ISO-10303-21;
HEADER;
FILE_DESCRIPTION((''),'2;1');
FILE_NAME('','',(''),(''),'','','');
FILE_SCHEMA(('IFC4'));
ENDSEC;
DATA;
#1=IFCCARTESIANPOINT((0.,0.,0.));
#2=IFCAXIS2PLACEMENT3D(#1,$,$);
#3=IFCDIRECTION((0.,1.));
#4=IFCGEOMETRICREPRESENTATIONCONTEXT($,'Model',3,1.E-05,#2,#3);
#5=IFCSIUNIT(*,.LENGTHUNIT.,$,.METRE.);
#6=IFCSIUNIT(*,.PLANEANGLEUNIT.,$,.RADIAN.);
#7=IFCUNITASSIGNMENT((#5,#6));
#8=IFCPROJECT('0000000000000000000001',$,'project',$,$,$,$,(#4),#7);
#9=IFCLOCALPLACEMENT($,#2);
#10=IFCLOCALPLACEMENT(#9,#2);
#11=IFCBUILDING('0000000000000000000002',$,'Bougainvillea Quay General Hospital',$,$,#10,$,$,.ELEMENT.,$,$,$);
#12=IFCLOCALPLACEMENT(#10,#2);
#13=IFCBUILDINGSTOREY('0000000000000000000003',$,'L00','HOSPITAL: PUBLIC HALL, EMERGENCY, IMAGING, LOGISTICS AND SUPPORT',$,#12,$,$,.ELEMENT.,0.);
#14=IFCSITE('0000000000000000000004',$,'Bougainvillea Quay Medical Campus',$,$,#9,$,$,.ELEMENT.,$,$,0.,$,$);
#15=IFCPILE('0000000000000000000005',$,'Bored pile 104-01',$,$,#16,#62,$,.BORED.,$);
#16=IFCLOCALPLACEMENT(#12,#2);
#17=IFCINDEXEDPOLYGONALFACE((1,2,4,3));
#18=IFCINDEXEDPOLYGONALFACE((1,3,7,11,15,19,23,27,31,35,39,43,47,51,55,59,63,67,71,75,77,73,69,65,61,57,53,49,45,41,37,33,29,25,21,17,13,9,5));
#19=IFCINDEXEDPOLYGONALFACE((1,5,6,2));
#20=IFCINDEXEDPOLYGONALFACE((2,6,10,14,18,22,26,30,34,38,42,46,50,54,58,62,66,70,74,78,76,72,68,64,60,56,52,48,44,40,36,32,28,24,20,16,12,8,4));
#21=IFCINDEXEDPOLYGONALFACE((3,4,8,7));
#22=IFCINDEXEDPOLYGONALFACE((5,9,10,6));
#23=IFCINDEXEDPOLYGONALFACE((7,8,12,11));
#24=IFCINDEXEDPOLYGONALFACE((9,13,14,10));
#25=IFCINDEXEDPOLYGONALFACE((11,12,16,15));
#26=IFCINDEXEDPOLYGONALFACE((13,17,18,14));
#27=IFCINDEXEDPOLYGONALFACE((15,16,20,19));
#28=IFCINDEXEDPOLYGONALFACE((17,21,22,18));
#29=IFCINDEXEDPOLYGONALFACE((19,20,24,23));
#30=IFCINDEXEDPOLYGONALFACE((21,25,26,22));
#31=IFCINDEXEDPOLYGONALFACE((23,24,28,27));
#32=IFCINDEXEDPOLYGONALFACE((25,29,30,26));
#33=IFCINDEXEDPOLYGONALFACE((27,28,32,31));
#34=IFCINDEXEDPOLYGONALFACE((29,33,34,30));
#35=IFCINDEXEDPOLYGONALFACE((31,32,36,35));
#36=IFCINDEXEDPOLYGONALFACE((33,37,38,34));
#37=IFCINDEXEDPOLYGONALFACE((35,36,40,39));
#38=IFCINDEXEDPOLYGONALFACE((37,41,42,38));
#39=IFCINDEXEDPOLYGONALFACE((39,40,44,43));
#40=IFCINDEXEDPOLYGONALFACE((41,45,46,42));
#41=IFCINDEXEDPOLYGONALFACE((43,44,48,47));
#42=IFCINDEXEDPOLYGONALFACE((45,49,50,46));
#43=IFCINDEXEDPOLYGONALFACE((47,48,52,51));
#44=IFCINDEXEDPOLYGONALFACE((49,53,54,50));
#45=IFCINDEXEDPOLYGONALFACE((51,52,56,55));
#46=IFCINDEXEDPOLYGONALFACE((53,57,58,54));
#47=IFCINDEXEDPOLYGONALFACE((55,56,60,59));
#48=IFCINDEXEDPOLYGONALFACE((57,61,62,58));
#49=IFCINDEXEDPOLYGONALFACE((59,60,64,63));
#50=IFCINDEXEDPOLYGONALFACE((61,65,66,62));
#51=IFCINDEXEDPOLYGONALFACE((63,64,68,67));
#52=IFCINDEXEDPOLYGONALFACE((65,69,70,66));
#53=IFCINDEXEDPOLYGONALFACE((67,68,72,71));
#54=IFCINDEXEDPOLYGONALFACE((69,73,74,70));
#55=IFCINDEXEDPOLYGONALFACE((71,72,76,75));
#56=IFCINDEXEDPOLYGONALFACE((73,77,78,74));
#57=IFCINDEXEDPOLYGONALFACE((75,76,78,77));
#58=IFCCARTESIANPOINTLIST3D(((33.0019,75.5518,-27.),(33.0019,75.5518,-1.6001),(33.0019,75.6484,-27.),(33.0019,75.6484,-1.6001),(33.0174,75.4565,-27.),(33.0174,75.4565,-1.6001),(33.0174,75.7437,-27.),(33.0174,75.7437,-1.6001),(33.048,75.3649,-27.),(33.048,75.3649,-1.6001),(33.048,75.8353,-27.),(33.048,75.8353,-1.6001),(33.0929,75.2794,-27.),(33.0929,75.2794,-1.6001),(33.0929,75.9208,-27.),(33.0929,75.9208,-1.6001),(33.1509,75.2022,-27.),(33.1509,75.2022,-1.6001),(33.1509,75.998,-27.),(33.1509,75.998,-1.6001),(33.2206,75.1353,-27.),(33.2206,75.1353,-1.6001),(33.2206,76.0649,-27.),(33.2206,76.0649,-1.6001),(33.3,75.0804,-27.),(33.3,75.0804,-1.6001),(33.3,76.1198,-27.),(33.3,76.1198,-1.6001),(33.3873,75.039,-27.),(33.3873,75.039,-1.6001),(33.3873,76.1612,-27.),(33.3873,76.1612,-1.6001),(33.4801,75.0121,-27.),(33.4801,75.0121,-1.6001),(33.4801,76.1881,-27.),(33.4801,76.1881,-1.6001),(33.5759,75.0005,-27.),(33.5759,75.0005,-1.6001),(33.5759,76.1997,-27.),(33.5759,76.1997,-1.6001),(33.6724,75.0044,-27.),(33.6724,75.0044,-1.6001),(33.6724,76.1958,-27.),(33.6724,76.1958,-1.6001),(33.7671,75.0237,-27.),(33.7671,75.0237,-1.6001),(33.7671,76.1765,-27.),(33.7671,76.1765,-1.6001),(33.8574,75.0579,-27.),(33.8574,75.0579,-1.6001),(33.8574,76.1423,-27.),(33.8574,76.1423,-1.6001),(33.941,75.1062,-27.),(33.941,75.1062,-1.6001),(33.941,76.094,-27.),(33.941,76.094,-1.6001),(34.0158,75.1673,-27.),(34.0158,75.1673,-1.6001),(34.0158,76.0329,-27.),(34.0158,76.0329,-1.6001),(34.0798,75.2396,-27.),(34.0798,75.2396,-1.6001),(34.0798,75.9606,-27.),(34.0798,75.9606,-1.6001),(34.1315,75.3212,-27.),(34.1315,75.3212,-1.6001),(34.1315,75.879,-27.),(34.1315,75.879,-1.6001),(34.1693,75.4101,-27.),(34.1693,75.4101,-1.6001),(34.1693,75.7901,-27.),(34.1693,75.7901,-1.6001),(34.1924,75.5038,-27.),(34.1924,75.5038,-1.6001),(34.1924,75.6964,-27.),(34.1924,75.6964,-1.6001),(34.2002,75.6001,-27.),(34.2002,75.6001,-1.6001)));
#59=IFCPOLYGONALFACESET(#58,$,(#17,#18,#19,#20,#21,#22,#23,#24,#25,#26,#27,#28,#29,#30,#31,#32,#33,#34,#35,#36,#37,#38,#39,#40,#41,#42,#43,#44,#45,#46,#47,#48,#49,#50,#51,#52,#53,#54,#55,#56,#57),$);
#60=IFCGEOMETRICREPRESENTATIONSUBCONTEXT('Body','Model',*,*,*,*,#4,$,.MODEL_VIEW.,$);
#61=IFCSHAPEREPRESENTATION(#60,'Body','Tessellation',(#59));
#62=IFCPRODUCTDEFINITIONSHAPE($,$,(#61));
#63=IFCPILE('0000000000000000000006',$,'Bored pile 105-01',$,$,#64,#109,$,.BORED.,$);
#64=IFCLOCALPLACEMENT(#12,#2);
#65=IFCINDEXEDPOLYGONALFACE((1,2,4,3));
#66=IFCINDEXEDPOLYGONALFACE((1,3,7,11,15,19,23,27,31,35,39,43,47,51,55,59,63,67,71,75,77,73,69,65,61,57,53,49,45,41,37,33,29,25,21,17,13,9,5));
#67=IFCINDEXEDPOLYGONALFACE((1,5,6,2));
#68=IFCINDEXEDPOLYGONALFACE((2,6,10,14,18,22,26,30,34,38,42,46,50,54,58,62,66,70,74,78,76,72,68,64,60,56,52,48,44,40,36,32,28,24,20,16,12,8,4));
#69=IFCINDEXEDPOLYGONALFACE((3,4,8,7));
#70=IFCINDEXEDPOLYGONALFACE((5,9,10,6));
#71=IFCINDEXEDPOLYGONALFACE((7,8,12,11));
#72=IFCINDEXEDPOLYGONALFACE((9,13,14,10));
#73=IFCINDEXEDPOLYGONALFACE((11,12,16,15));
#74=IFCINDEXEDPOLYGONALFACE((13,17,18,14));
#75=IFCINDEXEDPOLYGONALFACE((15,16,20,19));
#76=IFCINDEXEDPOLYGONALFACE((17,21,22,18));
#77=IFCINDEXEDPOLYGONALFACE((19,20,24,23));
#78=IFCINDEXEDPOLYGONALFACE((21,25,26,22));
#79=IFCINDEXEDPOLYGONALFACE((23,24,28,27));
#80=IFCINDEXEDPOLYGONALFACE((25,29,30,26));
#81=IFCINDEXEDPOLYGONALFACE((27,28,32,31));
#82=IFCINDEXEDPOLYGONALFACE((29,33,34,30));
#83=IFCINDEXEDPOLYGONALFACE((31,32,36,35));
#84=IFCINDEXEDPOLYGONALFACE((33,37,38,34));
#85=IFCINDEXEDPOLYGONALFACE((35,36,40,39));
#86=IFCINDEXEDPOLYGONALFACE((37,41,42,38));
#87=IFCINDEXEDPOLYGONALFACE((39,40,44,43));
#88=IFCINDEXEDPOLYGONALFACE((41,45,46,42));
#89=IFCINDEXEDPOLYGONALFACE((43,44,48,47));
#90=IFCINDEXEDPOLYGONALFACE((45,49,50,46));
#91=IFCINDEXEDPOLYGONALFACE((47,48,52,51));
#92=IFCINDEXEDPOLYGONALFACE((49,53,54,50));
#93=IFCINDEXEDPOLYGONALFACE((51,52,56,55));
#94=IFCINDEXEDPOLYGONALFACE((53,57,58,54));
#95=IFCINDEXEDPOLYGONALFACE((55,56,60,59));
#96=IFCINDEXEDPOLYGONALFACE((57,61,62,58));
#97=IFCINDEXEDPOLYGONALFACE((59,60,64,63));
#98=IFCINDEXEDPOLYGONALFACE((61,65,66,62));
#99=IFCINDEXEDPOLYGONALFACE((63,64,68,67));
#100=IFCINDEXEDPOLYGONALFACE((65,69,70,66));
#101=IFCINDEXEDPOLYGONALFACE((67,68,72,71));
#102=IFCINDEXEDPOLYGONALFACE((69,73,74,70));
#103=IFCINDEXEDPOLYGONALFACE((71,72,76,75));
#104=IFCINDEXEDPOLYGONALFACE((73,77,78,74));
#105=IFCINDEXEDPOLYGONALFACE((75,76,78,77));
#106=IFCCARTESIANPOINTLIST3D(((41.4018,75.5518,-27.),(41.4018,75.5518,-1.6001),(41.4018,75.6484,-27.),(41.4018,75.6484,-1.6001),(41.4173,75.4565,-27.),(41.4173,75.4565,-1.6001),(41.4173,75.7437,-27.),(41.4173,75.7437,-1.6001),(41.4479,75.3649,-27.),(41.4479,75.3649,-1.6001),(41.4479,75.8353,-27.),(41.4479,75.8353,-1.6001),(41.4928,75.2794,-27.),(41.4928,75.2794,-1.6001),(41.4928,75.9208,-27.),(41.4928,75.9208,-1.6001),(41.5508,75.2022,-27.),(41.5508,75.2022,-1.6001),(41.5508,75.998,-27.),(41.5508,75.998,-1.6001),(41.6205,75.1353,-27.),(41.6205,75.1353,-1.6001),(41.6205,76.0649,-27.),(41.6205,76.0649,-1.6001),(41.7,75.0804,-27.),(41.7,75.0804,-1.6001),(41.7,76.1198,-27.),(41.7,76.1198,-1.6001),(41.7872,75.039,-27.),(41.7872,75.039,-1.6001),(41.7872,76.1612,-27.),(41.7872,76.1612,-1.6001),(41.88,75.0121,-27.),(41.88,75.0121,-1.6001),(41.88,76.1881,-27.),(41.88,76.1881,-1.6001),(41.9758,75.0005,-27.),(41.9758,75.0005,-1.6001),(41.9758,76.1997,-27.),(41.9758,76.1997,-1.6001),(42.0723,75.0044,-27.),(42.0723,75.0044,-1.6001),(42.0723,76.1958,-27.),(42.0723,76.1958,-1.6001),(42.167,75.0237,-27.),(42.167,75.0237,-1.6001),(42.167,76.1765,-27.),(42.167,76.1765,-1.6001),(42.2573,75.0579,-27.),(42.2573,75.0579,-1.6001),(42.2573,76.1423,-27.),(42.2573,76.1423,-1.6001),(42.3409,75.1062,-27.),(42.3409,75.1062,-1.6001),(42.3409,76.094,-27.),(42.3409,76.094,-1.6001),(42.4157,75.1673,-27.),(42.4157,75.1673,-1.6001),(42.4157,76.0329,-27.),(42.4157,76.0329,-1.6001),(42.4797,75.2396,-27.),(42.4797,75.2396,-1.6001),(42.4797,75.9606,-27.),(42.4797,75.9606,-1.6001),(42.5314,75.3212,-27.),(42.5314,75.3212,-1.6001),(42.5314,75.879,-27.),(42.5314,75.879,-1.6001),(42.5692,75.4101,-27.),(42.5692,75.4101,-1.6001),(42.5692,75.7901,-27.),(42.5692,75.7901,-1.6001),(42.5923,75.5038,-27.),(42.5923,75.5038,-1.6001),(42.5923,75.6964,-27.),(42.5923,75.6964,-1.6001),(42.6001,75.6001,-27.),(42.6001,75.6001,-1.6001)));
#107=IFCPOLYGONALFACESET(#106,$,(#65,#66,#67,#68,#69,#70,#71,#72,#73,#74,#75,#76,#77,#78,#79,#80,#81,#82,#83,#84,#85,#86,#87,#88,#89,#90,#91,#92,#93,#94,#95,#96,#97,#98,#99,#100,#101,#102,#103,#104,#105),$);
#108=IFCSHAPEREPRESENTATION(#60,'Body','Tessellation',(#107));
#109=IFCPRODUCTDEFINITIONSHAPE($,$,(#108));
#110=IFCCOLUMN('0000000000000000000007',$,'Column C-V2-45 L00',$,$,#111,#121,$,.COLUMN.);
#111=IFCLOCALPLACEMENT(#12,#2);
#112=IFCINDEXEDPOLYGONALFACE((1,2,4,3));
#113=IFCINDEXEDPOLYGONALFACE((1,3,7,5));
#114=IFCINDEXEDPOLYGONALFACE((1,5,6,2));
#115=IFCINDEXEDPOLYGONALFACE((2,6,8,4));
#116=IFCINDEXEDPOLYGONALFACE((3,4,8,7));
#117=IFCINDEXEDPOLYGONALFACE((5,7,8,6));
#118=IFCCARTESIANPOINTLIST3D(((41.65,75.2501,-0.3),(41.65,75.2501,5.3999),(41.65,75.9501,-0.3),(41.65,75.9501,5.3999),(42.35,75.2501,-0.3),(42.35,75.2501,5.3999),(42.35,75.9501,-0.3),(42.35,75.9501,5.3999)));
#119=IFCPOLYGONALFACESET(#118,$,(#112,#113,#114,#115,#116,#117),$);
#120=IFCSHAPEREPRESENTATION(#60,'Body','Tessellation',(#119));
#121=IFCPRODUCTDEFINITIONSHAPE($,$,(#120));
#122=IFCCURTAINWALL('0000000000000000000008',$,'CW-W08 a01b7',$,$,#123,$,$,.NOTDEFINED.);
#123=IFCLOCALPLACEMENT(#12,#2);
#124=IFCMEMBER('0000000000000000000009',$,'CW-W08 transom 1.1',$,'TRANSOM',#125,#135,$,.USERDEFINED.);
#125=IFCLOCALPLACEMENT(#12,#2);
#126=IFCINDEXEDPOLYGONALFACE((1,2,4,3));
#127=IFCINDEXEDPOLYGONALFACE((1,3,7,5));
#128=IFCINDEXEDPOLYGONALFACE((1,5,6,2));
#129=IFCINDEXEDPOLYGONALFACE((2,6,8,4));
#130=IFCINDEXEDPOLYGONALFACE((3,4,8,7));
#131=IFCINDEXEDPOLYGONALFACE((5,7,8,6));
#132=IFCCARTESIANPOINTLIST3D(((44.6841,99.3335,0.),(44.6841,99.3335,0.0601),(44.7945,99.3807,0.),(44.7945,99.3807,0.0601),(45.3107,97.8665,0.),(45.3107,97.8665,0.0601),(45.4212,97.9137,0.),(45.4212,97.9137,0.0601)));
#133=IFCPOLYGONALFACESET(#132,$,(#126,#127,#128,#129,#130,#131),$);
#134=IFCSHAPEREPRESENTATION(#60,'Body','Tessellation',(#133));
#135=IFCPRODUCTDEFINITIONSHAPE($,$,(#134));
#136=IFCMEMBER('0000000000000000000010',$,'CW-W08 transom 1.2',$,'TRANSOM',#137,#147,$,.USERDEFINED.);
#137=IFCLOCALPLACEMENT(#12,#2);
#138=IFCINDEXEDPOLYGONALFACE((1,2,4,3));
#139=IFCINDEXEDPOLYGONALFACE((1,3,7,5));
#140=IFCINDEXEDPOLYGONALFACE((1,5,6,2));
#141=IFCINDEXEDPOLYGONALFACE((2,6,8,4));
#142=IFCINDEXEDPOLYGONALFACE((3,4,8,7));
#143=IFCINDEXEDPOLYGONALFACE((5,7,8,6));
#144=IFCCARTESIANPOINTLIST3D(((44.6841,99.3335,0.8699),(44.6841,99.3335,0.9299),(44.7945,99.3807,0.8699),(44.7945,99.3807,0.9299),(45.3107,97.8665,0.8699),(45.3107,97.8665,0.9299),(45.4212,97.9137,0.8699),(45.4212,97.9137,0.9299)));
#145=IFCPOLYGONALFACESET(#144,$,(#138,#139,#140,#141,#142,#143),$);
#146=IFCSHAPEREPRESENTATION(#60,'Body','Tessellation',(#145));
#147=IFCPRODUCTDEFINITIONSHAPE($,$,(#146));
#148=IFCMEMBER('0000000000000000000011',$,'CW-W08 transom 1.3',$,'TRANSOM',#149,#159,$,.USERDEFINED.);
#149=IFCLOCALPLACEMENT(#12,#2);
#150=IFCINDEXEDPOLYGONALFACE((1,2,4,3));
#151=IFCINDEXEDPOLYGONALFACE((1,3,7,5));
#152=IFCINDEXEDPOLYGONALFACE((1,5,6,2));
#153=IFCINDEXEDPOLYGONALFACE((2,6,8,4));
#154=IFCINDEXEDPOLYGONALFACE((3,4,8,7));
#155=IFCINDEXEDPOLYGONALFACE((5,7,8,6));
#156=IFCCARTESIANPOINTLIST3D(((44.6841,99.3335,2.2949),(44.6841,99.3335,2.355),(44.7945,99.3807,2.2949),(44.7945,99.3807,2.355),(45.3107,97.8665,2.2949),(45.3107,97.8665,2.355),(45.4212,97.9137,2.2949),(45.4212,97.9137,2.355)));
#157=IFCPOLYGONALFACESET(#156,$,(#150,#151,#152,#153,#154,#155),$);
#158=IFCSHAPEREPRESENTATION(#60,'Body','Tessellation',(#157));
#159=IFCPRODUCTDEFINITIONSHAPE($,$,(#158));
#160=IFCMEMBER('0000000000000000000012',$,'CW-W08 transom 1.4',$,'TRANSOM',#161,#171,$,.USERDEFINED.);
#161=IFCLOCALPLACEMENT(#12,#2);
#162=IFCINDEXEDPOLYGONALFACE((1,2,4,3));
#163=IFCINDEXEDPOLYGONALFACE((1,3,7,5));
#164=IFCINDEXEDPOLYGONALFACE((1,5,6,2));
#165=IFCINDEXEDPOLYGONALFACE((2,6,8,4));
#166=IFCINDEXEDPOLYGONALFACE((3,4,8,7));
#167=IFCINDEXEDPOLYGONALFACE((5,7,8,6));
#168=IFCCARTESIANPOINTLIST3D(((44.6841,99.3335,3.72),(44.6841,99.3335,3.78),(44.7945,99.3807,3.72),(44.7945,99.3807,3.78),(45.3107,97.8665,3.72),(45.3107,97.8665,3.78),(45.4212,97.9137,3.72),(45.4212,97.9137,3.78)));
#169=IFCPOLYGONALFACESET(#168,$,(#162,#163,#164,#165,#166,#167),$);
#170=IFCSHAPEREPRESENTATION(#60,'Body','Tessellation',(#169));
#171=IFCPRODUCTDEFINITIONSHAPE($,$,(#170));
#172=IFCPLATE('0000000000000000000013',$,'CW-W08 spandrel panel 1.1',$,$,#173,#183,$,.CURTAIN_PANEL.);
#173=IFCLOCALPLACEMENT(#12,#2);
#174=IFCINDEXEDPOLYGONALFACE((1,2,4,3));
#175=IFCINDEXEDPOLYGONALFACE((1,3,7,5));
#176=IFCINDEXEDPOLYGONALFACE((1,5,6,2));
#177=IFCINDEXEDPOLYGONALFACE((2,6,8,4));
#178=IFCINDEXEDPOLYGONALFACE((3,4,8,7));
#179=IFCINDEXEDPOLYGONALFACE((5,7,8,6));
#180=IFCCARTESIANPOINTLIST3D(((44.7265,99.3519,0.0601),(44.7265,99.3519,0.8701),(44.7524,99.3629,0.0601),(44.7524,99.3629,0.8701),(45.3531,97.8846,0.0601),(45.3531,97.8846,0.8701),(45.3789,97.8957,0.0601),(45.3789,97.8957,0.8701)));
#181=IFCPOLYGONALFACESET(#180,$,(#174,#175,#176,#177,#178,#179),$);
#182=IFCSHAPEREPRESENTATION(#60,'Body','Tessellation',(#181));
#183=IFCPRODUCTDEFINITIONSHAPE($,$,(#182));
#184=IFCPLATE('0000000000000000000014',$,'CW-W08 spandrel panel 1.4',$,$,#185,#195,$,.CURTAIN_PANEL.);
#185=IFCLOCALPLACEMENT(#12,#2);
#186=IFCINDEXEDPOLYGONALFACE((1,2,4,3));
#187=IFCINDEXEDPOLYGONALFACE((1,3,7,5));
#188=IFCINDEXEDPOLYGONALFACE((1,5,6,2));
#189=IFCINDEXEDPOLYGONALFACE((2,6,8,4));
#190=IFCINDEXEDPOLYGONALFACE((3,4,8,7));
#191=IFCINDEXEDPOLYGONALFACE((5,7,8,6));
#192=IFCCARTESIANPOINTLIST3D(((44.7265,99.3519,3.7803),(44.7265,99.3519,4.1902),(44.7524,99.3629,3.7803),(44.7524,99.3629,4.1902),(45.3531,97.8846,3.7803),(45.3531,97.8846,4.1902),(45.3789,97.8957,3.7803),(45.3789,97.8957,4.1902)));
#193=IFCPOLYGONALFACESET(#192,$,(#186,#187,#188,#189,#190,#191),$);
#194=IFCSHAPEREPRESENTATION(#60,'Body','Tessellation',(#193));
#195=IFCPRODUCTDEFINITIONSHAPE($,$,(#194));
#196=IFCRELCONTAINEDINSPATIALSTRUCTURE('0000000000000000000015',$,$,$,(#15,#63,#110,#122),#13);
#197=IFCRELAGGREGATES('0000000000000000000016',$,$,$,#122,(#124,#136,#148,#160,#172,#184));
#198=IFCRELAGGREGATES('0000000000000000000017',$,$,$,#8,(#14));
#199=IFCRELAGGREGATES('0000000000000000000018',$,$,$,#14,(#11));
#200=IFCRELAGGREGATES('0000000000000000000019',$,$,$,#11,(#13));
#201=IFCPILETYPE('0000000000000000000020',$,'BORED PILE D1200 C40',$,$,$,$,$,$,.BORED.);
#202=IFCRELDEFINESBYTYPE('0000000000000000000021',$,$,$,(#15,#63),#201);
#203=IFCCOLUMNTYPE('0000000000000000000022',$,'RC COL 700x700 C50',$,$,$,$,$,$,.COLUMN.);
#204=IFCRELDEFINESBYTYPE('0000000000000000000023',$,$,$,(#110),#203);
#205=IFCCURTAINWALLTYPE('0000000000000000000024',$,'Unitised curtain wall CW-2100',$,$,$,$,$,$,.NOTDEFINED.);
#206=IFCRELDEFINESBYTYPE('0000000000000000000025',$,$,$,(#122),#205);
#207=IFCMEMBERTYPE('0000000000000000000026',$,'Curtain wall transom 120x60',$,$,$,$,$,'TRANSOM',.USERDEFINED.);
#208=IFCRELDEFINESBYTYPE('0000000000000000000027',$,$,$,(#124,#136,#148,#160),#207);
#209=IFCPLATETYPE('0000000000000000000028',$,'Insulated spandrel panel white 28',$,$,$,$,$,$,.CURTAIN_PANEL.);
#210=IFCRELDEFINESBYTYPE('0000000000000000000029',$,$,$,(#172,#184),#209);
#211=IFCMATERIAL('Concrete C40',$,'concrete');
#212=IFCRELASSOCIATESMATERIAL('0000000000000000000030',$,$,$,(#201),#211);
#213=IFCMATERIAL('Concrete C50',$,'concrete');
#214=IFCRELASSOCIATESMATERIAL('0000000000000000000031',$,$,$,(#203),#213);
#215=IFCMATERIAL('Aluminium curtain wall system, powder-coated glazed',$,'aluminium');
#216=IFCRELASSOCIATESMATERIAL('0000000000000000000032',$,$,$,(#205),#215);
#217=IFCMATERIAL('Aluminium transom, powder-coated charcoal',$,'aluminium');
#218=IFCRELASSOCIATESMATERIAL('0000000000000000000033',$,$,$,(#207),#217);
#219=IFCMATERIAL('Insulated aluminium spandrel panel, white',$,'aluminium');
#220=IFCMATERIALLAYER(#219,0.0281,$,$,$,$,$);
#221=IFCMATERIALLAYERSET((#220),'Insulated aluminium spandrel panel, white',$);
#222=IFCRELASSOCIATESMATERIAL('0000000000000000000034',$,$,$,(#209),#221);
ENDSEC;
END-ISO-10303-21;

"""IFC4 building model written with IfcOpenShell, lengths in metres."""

from ifc_helpers import new_model, si_unit, direction, frame, origin, origin_2d, place, context, subcontext, project, spatial, rectangle, circle, extrude, material, layer, layer_set, material_profile, profile_set, type_object, element, aggregate, save


model = new_model("IFC4")

# Units and contexts
model_context = context("Model", 3, precision=1e-05, world=origin(), true_north=direction((0.0, 1.0)))
body_context = subcontext(model_context, "Body", "Model", "MODEL_VIEW")
ifc_project = project(units=[si_unit("LENGTHUNIT", "METRE"), si_unit("PLANEANGLEUNIT", "RADIAN")], contexts=[model_context])

# Site, building, storey
site_placement = place(None, origin())
site = spatial("IfcSite", under=ifc_project, at=site_placement, Name="Bougainvillea Quay Medical Campus", CompositionType="ELEMENT", RefElevation=0.0)
building_placement = place(site_placement, origin())
building = spatial("IfcBuilding", under=site, at=building_placement, Name="Bougainvillea Quay General Hospital", CompositionType="ELEMENT")
storey_placement = place(building_placement, origin())
storey = spatial("IfcBuildingStorey", under=building, at=storey_placement, Name="L00", Description="HOSPITAL: PUBLIC HALL, EMERGENCY, IMAGING, LOGISTICS AND SUPPORT", CompositionType="ELEMENT", Elevation=0.0)

# Piles
ifc_material_1 = material(Name="Concrete C40", Category="concrete")
ifc_material_profile_1 = material_profile(ifc_material_1, circle(Radius=0.6001, at=origin_2d()))
ifc_profile_set_1 = profile_set([ifc_material_profile_1], Name="Concrete C40")
pile_type = type_object("IfcPileType", Name="BORED PILE D1200 C40", PredefinedType="BORED", material=ifc_profile_set_1)
for number, where, z_axis, x_axis, name in (
    (1, (33.6001, 75.6001, -1.6001), (0.0, 0.0, -1.0), (1.0, 0.0, 0.0), "Bored pile 104-01"),
    (2, (42.0, 75.6001, -1.6001), (0.0, 0.0, -1.0), (1.0, 0.0, 0.0), "Bored pile 105-01"),
):
    element("IfcPile", number, at=place(storey_placement, frame(where, z_axis=z_axis, x_axis=x_axis)), inside=storey, type_object=pile_type, Name=name, PredefinedType="BORED", context=body_context, shape_type="SweptSolid", body=[
        extrude(circle(Radius=0.6001, at=origin_2d()), origin(), (0.0, 0.0, 1.0), 25.3999),
    ])

# Column
ifc_material_2 = material(Name="Concrete C50", Category="concrete")
ifc_material_profile_2 = material_profile(ifc_material_2, rectangle(XDim=0.7, YDim=0.7, at=origin_2d()))
ifc_profile_set_2 = profile_set([ifc_material_profile_2], Name="Concrete C50")
column_type = type_object("IfcColumnType", Name="RC COL 700x700 C50", PredefinedType="COLUMN", material=ifc_profile_set_2)
column_placement = place(storey_placement, frame((42.0, 75.6001, -0.3), z_axis=(0.0, 0.0, 1.0), x_axis=(1.0, 0.0, 0.0)))
element("IfcColumn", 3, at=column_placement, inside=storey, type_object=column_type, Name="Column C-V2-45 L00", PredefinedType="COLUMN", context=body_context, shape_type="SweptSolid", body=[
    extrude(rectangle(XDim=0.7, YDim=0.7, at=origin_2d()), origin(), (0.0, 0.0, 1.0), 5.7),
])

# Curtain wall, members, plates
ifc_material_3 = material(Name="Aluminium curtain wall system, powder-coated glazed", Category="aluminium")
curtain_wall_type = type_object("IfcCurtainWallType", Name="Unitised curtain wall CW-2100", PredefinedType="NOTDEFINED", material=ifc_material_3)
curtain_wall_placement = place(storey_placement, origin())
curtain_wall = element("IfcCurtainWall", 4, at=curtain_wall_placement, inside=storey, type_object=curtain_wall_type, Name="CW-W08 a01b7", PredefinedType="NOTDEFINED")
ifc_material_4 = material(Name="Aluminium transom, powder-coated charcoal", Category="aluminium")
ifc_material_profile_3 = material_profile(ifc_material_4, rectangle(XDim=0.1201, YDim=0.0601, at=origin_2d()))
ifc_profile_set_3 = profile_set([ifc_material_profile_3], Name="Aluminium transom, powder-coated charcoal")
member_type = type_object("IfcMemberType", Name="Curtain wall transom 120x60", ElementType="TRANSOM", PredefinedType="USERDEFINED", material=ifc_profile_set_3)
member_1_placement = place(storey_placement, frame((45.366, 97.8901, 0.03), z_axis=(-0.392848, 0.919604, 0.0), x_axis=(-0.919604, -0.392848, 0.0)))
member_1 = element("IfcMember", 5, at=member_1_placement, type_object=member_type, Name="CW-W08 transom 1.1", ObjectType="TRANSOM", PredefinedType="USERDEFINED", context=body_context, shape_type="SweptSolid", body=[
    extrude(rectangle(XDim=0.1201, YDim=0.0601, at=origin_2d()), origin(), (0.0, 0.0, 1.0), 1.5952),
])
member_2_placement = place(storey_placement, frame((45.366, 97.8901, 0.8999), z_axis=(-0.392848, 0.919604, 0.0), x_axis=(-0.919604, -0.392848, 0.0)))
member_2 = element("IfcMember", 6, at=member_2_placement, type_object=member_type, Name="CW-W08 transom 1.2", ObjectType="TRANSOM", PredefinedType="USERDEFINED", context=body_context, shape_type="SweptSolid", body=[
    extrude(rectangle(XDim=0.1201, YDim=0.0601, at=origin_2d()), origin(), (0.0, 0.0, 1.0), 1.5952),
])
member_3_placement = place(storey_placement, frame((45.366, 97.8901, 2.325), z_axis=(-0.392848, 0.919604, 0.0), x_axis=(-0.919604, -0.392848, 0.0)))
member_3 = element("IfcMember", 7, at=member_3_placement, type_object=member_type, Name="CW-W08 transom 1.3", ObjectType="TRANSOM", PredefinedType="USERDEFINED", context=body_context, shape_type="SweptSolid", body=[
    extrude(rectangle(XDim=0.1201, YDim=0.0601, at=origin_2d()), origin(), (0.0, 0.0, 1.0), 1.5952),
])
member_4_placement = place(storey_placement, frame((45.366, 97.8901, 3.75), z_axis=(-0.392848, 0.919604, 0.0), x_axis=(-0.919604, -0.392848, 0.0)))
member_4 = element("IfcMember", 8, at=member_4_placement, type_object=member_type, Name="CW-W08 transom 1.4", ObjectType="TRANSOM", PredefinedType="USERDEFINED", context=body_context, shape_type="SweptSolid", body=[
    extrude(rectangle(XDim=0.1201, YDim=0.0601, at=origin_2d()), origin(), (0.0, 0.0, 1.0), 1.5952),
])
ifc_material_5 = material(Name="Insulated aluminium spandrel panel, white", Category="aluminium")
ifc_layer_1 = layer(ifc_material_5, 0.0281)
ifc_layer_set_1 = layer_set([ifc_layer_1], Name="Insulated aluminium spandrel panel, white")
plate_type_1 = type_object("IfcPlateType", Name="Insulated spandrel panel white 28", PredefinedType="CURTAIN_PANEL", material=ifc_layer_set_1)
plate_1_placement = place(storey_placement, frame((45.0527, 98.6238, 0.0601), z_axis=(0.0, 0.0, 1.0), x_axis=(-0.392719, 0.919659, 0.0)))
plate_1 = element("IfcPlate", 9, at=plate_1_placement, type_object=plate_type_1, Name="CW-W08 spandrel panel 1.1", PredefinedType="CURTAIN_PANEL", context=body_context, shape_type="SweptSolid", body=[
    extrude(rectangle(XDim=1.5955, YDim=0.0281, at=origin_2d()), origin(), (0.0, 0.0, 1.0), 0.8101),
])
plate_2_placement = place(storey_placement, frame((45.0527, 98.6238, 3.7803), z_axis=(0.0, 0.0, 1.0), x_axis=(-0.392719, 0.919659, 0.0)))
plate_2 = element("IfcPlate", 10, at=plate_2_placement, type_object=plate_type_1, Name="CW-W08 spandrel panel 1.4", PredefinedType="CURTAIN_PANEL", context=body_context, shape_type="SweptSolid", body=[
    extrude(rectangle(XDim=1.5955, YDim=0.0281, at=origin_2d()), origin(), (0.0, 0.0, 1.0), 0.4099),
])
aggregate(curtain_wall, [member_1, member_2, member_3, member_4, plate_1, plate_2])

save(model, "model.ifc")
